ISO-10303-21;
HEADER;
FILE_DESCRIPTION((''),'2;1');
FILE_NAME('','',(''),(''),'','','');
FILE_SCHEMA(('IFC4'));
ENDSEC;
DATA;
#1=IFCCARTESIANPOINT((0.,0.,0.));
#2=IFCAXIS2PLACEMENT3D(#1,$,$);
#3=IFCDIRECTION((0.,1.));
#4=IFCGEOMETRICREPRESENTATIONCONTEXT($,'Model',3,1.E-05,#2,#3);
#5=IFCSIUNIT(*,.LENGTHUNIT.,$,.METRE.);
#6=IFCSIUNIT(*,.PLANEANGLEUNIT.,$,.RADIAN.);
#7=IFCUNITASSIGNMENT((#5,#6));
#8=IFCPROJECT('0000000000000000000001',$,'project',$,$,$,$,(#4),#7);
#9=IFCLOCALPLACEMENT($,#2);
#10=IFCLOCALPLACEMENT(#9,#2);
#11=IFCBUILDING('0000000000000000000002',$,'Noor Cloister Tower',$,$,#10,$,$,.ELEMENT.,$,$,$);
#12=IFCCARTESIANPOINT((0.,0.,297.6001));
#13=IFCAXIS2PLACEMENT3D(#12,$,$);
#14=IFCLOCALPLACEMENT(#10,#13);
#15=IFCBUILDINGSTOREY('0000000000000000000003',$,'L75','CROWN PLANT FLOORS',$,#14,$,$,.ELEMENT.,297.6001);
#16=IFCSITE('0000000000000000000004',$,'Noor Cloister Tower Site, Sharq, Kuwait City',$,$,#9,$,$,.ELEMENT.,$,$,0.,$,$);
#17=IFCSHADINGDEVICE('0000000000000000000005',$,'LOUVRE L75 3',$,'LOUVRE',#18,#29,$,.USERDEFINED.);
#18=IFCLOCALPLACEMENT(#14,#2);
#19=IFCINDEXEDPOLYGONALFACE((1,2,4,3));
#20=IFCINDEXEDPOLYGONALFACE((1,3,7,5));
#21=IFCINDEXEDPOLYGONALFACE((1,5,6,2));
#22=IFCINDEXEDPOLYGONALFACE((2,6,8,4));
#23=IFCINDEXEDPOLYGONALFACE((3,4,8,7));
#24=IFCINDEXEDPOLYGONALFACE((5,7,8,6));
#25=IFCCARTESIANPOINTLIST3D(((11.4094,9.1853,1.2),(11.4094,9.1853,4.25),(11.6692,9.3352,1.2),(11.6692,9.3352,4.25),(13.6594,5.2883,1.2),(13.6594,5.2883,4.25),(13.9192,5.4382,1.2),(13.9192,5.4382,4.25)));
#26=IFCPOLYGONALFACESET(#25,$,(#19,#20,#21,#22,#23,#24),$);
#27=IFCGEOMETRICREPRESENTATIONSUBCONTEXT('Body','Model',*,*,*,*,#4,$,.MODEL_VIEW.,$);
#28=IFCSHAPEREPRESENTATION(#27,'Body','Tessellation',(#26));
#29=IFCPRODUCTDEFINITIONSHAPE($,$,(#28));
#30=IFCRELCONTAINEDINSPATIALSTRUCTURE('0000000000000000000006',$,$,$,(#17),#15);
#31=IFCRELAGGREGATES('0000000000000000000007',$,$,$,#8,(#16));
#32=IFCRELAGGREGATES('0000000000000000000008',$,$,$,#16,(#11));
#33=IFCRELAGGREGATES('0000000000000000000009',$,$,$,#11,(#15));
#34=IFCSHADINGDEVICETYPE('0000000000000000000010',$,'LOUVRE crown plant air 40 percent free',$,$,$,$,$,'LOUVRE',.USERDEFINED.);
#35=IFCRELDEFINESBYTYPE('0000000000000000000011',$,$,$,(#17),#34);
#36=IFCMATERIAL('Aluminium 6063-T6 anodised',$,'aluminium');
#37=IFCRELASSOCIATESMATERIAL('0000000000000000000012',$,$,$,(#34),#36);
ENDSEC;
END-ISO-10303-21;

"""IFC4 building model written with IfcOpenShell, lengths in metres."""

from ifc_helpers import new_model, si_unit, direction, frame, origin, place, context, subcontext, project, spatial, polyline, outline, extrude, material, type_object, element, save


model = new_model("IFC4")

# Units and contexts
model_context = context("Model", 3, precision=1e-05, world=origin(), true_north=direction((0.0, 1.0)))
body_context = subcontext(model_context, "Body", "Model", "MODEL_VIEW")
ifc_project = project(units=[si_unit("LENGTHUNIT", "METRE"), si_unit("PLANEANGLEUNIT", "RADIAN")], contexts=[model_context])

# Site, building, storey
site_placement = place(None, origin())
site = spatial("IfcSite", under=ifc_project, at=site_placement, Name="Noor Cloister Tower Site, Sharq, Kuwait City", CompositionType="ELEMENT", RefElevation=0.0)
building_placement = place(site_placement, origin())
building = spatial("IfcBuilding", under=site, at=building_placement, Name="Noor Cloister Tower", CompositionType="ELEMENT")
storey_placement = place(building_placement, frame((0.0, 0.0, 297.6001)))
storey = spatial("IfcBuildingStorey", under=building, at=storey_placement, Name="L75", Description="CROWN PLANT FLOORS", CompositionType="ELEMENT", Elevation=297.6001)

# Shading device
ifc_material_1 = material(Name="Aluminium 6063-T6 anodised", Category="aluminium")
shading_device_type = type_object("IfcShadingDeviceType", Name="LOUVRE crown plant air 40 percent free", ElementType="LOUVRE", PredefinedType="USERDEFINED", material=ifc_material_1)
shading_device_1_placement = place(storey_placement, frame((0.0, 0.0, 1.2)))
element("IfcShadingDevice", 1, at=shading_device_1_placement, inside=storey, type_object=shading_device_type, Name="LOUVRE L75 3", ObjectType="LOUVRE", PredefinedType="USERDEFINED", context=body_context, shape_type="SweptSolid", body=[
    extrude(outline(polyline([(13.9192, 5.4382), (11.6692, 9.3352), (11.4094, 9.1853), (13.6594, 5.2883), (13.9192, 5.4382)])), origin(), (0.0, 0.0, 1.0), 3.05),
])

save(model, "model.ifc")
